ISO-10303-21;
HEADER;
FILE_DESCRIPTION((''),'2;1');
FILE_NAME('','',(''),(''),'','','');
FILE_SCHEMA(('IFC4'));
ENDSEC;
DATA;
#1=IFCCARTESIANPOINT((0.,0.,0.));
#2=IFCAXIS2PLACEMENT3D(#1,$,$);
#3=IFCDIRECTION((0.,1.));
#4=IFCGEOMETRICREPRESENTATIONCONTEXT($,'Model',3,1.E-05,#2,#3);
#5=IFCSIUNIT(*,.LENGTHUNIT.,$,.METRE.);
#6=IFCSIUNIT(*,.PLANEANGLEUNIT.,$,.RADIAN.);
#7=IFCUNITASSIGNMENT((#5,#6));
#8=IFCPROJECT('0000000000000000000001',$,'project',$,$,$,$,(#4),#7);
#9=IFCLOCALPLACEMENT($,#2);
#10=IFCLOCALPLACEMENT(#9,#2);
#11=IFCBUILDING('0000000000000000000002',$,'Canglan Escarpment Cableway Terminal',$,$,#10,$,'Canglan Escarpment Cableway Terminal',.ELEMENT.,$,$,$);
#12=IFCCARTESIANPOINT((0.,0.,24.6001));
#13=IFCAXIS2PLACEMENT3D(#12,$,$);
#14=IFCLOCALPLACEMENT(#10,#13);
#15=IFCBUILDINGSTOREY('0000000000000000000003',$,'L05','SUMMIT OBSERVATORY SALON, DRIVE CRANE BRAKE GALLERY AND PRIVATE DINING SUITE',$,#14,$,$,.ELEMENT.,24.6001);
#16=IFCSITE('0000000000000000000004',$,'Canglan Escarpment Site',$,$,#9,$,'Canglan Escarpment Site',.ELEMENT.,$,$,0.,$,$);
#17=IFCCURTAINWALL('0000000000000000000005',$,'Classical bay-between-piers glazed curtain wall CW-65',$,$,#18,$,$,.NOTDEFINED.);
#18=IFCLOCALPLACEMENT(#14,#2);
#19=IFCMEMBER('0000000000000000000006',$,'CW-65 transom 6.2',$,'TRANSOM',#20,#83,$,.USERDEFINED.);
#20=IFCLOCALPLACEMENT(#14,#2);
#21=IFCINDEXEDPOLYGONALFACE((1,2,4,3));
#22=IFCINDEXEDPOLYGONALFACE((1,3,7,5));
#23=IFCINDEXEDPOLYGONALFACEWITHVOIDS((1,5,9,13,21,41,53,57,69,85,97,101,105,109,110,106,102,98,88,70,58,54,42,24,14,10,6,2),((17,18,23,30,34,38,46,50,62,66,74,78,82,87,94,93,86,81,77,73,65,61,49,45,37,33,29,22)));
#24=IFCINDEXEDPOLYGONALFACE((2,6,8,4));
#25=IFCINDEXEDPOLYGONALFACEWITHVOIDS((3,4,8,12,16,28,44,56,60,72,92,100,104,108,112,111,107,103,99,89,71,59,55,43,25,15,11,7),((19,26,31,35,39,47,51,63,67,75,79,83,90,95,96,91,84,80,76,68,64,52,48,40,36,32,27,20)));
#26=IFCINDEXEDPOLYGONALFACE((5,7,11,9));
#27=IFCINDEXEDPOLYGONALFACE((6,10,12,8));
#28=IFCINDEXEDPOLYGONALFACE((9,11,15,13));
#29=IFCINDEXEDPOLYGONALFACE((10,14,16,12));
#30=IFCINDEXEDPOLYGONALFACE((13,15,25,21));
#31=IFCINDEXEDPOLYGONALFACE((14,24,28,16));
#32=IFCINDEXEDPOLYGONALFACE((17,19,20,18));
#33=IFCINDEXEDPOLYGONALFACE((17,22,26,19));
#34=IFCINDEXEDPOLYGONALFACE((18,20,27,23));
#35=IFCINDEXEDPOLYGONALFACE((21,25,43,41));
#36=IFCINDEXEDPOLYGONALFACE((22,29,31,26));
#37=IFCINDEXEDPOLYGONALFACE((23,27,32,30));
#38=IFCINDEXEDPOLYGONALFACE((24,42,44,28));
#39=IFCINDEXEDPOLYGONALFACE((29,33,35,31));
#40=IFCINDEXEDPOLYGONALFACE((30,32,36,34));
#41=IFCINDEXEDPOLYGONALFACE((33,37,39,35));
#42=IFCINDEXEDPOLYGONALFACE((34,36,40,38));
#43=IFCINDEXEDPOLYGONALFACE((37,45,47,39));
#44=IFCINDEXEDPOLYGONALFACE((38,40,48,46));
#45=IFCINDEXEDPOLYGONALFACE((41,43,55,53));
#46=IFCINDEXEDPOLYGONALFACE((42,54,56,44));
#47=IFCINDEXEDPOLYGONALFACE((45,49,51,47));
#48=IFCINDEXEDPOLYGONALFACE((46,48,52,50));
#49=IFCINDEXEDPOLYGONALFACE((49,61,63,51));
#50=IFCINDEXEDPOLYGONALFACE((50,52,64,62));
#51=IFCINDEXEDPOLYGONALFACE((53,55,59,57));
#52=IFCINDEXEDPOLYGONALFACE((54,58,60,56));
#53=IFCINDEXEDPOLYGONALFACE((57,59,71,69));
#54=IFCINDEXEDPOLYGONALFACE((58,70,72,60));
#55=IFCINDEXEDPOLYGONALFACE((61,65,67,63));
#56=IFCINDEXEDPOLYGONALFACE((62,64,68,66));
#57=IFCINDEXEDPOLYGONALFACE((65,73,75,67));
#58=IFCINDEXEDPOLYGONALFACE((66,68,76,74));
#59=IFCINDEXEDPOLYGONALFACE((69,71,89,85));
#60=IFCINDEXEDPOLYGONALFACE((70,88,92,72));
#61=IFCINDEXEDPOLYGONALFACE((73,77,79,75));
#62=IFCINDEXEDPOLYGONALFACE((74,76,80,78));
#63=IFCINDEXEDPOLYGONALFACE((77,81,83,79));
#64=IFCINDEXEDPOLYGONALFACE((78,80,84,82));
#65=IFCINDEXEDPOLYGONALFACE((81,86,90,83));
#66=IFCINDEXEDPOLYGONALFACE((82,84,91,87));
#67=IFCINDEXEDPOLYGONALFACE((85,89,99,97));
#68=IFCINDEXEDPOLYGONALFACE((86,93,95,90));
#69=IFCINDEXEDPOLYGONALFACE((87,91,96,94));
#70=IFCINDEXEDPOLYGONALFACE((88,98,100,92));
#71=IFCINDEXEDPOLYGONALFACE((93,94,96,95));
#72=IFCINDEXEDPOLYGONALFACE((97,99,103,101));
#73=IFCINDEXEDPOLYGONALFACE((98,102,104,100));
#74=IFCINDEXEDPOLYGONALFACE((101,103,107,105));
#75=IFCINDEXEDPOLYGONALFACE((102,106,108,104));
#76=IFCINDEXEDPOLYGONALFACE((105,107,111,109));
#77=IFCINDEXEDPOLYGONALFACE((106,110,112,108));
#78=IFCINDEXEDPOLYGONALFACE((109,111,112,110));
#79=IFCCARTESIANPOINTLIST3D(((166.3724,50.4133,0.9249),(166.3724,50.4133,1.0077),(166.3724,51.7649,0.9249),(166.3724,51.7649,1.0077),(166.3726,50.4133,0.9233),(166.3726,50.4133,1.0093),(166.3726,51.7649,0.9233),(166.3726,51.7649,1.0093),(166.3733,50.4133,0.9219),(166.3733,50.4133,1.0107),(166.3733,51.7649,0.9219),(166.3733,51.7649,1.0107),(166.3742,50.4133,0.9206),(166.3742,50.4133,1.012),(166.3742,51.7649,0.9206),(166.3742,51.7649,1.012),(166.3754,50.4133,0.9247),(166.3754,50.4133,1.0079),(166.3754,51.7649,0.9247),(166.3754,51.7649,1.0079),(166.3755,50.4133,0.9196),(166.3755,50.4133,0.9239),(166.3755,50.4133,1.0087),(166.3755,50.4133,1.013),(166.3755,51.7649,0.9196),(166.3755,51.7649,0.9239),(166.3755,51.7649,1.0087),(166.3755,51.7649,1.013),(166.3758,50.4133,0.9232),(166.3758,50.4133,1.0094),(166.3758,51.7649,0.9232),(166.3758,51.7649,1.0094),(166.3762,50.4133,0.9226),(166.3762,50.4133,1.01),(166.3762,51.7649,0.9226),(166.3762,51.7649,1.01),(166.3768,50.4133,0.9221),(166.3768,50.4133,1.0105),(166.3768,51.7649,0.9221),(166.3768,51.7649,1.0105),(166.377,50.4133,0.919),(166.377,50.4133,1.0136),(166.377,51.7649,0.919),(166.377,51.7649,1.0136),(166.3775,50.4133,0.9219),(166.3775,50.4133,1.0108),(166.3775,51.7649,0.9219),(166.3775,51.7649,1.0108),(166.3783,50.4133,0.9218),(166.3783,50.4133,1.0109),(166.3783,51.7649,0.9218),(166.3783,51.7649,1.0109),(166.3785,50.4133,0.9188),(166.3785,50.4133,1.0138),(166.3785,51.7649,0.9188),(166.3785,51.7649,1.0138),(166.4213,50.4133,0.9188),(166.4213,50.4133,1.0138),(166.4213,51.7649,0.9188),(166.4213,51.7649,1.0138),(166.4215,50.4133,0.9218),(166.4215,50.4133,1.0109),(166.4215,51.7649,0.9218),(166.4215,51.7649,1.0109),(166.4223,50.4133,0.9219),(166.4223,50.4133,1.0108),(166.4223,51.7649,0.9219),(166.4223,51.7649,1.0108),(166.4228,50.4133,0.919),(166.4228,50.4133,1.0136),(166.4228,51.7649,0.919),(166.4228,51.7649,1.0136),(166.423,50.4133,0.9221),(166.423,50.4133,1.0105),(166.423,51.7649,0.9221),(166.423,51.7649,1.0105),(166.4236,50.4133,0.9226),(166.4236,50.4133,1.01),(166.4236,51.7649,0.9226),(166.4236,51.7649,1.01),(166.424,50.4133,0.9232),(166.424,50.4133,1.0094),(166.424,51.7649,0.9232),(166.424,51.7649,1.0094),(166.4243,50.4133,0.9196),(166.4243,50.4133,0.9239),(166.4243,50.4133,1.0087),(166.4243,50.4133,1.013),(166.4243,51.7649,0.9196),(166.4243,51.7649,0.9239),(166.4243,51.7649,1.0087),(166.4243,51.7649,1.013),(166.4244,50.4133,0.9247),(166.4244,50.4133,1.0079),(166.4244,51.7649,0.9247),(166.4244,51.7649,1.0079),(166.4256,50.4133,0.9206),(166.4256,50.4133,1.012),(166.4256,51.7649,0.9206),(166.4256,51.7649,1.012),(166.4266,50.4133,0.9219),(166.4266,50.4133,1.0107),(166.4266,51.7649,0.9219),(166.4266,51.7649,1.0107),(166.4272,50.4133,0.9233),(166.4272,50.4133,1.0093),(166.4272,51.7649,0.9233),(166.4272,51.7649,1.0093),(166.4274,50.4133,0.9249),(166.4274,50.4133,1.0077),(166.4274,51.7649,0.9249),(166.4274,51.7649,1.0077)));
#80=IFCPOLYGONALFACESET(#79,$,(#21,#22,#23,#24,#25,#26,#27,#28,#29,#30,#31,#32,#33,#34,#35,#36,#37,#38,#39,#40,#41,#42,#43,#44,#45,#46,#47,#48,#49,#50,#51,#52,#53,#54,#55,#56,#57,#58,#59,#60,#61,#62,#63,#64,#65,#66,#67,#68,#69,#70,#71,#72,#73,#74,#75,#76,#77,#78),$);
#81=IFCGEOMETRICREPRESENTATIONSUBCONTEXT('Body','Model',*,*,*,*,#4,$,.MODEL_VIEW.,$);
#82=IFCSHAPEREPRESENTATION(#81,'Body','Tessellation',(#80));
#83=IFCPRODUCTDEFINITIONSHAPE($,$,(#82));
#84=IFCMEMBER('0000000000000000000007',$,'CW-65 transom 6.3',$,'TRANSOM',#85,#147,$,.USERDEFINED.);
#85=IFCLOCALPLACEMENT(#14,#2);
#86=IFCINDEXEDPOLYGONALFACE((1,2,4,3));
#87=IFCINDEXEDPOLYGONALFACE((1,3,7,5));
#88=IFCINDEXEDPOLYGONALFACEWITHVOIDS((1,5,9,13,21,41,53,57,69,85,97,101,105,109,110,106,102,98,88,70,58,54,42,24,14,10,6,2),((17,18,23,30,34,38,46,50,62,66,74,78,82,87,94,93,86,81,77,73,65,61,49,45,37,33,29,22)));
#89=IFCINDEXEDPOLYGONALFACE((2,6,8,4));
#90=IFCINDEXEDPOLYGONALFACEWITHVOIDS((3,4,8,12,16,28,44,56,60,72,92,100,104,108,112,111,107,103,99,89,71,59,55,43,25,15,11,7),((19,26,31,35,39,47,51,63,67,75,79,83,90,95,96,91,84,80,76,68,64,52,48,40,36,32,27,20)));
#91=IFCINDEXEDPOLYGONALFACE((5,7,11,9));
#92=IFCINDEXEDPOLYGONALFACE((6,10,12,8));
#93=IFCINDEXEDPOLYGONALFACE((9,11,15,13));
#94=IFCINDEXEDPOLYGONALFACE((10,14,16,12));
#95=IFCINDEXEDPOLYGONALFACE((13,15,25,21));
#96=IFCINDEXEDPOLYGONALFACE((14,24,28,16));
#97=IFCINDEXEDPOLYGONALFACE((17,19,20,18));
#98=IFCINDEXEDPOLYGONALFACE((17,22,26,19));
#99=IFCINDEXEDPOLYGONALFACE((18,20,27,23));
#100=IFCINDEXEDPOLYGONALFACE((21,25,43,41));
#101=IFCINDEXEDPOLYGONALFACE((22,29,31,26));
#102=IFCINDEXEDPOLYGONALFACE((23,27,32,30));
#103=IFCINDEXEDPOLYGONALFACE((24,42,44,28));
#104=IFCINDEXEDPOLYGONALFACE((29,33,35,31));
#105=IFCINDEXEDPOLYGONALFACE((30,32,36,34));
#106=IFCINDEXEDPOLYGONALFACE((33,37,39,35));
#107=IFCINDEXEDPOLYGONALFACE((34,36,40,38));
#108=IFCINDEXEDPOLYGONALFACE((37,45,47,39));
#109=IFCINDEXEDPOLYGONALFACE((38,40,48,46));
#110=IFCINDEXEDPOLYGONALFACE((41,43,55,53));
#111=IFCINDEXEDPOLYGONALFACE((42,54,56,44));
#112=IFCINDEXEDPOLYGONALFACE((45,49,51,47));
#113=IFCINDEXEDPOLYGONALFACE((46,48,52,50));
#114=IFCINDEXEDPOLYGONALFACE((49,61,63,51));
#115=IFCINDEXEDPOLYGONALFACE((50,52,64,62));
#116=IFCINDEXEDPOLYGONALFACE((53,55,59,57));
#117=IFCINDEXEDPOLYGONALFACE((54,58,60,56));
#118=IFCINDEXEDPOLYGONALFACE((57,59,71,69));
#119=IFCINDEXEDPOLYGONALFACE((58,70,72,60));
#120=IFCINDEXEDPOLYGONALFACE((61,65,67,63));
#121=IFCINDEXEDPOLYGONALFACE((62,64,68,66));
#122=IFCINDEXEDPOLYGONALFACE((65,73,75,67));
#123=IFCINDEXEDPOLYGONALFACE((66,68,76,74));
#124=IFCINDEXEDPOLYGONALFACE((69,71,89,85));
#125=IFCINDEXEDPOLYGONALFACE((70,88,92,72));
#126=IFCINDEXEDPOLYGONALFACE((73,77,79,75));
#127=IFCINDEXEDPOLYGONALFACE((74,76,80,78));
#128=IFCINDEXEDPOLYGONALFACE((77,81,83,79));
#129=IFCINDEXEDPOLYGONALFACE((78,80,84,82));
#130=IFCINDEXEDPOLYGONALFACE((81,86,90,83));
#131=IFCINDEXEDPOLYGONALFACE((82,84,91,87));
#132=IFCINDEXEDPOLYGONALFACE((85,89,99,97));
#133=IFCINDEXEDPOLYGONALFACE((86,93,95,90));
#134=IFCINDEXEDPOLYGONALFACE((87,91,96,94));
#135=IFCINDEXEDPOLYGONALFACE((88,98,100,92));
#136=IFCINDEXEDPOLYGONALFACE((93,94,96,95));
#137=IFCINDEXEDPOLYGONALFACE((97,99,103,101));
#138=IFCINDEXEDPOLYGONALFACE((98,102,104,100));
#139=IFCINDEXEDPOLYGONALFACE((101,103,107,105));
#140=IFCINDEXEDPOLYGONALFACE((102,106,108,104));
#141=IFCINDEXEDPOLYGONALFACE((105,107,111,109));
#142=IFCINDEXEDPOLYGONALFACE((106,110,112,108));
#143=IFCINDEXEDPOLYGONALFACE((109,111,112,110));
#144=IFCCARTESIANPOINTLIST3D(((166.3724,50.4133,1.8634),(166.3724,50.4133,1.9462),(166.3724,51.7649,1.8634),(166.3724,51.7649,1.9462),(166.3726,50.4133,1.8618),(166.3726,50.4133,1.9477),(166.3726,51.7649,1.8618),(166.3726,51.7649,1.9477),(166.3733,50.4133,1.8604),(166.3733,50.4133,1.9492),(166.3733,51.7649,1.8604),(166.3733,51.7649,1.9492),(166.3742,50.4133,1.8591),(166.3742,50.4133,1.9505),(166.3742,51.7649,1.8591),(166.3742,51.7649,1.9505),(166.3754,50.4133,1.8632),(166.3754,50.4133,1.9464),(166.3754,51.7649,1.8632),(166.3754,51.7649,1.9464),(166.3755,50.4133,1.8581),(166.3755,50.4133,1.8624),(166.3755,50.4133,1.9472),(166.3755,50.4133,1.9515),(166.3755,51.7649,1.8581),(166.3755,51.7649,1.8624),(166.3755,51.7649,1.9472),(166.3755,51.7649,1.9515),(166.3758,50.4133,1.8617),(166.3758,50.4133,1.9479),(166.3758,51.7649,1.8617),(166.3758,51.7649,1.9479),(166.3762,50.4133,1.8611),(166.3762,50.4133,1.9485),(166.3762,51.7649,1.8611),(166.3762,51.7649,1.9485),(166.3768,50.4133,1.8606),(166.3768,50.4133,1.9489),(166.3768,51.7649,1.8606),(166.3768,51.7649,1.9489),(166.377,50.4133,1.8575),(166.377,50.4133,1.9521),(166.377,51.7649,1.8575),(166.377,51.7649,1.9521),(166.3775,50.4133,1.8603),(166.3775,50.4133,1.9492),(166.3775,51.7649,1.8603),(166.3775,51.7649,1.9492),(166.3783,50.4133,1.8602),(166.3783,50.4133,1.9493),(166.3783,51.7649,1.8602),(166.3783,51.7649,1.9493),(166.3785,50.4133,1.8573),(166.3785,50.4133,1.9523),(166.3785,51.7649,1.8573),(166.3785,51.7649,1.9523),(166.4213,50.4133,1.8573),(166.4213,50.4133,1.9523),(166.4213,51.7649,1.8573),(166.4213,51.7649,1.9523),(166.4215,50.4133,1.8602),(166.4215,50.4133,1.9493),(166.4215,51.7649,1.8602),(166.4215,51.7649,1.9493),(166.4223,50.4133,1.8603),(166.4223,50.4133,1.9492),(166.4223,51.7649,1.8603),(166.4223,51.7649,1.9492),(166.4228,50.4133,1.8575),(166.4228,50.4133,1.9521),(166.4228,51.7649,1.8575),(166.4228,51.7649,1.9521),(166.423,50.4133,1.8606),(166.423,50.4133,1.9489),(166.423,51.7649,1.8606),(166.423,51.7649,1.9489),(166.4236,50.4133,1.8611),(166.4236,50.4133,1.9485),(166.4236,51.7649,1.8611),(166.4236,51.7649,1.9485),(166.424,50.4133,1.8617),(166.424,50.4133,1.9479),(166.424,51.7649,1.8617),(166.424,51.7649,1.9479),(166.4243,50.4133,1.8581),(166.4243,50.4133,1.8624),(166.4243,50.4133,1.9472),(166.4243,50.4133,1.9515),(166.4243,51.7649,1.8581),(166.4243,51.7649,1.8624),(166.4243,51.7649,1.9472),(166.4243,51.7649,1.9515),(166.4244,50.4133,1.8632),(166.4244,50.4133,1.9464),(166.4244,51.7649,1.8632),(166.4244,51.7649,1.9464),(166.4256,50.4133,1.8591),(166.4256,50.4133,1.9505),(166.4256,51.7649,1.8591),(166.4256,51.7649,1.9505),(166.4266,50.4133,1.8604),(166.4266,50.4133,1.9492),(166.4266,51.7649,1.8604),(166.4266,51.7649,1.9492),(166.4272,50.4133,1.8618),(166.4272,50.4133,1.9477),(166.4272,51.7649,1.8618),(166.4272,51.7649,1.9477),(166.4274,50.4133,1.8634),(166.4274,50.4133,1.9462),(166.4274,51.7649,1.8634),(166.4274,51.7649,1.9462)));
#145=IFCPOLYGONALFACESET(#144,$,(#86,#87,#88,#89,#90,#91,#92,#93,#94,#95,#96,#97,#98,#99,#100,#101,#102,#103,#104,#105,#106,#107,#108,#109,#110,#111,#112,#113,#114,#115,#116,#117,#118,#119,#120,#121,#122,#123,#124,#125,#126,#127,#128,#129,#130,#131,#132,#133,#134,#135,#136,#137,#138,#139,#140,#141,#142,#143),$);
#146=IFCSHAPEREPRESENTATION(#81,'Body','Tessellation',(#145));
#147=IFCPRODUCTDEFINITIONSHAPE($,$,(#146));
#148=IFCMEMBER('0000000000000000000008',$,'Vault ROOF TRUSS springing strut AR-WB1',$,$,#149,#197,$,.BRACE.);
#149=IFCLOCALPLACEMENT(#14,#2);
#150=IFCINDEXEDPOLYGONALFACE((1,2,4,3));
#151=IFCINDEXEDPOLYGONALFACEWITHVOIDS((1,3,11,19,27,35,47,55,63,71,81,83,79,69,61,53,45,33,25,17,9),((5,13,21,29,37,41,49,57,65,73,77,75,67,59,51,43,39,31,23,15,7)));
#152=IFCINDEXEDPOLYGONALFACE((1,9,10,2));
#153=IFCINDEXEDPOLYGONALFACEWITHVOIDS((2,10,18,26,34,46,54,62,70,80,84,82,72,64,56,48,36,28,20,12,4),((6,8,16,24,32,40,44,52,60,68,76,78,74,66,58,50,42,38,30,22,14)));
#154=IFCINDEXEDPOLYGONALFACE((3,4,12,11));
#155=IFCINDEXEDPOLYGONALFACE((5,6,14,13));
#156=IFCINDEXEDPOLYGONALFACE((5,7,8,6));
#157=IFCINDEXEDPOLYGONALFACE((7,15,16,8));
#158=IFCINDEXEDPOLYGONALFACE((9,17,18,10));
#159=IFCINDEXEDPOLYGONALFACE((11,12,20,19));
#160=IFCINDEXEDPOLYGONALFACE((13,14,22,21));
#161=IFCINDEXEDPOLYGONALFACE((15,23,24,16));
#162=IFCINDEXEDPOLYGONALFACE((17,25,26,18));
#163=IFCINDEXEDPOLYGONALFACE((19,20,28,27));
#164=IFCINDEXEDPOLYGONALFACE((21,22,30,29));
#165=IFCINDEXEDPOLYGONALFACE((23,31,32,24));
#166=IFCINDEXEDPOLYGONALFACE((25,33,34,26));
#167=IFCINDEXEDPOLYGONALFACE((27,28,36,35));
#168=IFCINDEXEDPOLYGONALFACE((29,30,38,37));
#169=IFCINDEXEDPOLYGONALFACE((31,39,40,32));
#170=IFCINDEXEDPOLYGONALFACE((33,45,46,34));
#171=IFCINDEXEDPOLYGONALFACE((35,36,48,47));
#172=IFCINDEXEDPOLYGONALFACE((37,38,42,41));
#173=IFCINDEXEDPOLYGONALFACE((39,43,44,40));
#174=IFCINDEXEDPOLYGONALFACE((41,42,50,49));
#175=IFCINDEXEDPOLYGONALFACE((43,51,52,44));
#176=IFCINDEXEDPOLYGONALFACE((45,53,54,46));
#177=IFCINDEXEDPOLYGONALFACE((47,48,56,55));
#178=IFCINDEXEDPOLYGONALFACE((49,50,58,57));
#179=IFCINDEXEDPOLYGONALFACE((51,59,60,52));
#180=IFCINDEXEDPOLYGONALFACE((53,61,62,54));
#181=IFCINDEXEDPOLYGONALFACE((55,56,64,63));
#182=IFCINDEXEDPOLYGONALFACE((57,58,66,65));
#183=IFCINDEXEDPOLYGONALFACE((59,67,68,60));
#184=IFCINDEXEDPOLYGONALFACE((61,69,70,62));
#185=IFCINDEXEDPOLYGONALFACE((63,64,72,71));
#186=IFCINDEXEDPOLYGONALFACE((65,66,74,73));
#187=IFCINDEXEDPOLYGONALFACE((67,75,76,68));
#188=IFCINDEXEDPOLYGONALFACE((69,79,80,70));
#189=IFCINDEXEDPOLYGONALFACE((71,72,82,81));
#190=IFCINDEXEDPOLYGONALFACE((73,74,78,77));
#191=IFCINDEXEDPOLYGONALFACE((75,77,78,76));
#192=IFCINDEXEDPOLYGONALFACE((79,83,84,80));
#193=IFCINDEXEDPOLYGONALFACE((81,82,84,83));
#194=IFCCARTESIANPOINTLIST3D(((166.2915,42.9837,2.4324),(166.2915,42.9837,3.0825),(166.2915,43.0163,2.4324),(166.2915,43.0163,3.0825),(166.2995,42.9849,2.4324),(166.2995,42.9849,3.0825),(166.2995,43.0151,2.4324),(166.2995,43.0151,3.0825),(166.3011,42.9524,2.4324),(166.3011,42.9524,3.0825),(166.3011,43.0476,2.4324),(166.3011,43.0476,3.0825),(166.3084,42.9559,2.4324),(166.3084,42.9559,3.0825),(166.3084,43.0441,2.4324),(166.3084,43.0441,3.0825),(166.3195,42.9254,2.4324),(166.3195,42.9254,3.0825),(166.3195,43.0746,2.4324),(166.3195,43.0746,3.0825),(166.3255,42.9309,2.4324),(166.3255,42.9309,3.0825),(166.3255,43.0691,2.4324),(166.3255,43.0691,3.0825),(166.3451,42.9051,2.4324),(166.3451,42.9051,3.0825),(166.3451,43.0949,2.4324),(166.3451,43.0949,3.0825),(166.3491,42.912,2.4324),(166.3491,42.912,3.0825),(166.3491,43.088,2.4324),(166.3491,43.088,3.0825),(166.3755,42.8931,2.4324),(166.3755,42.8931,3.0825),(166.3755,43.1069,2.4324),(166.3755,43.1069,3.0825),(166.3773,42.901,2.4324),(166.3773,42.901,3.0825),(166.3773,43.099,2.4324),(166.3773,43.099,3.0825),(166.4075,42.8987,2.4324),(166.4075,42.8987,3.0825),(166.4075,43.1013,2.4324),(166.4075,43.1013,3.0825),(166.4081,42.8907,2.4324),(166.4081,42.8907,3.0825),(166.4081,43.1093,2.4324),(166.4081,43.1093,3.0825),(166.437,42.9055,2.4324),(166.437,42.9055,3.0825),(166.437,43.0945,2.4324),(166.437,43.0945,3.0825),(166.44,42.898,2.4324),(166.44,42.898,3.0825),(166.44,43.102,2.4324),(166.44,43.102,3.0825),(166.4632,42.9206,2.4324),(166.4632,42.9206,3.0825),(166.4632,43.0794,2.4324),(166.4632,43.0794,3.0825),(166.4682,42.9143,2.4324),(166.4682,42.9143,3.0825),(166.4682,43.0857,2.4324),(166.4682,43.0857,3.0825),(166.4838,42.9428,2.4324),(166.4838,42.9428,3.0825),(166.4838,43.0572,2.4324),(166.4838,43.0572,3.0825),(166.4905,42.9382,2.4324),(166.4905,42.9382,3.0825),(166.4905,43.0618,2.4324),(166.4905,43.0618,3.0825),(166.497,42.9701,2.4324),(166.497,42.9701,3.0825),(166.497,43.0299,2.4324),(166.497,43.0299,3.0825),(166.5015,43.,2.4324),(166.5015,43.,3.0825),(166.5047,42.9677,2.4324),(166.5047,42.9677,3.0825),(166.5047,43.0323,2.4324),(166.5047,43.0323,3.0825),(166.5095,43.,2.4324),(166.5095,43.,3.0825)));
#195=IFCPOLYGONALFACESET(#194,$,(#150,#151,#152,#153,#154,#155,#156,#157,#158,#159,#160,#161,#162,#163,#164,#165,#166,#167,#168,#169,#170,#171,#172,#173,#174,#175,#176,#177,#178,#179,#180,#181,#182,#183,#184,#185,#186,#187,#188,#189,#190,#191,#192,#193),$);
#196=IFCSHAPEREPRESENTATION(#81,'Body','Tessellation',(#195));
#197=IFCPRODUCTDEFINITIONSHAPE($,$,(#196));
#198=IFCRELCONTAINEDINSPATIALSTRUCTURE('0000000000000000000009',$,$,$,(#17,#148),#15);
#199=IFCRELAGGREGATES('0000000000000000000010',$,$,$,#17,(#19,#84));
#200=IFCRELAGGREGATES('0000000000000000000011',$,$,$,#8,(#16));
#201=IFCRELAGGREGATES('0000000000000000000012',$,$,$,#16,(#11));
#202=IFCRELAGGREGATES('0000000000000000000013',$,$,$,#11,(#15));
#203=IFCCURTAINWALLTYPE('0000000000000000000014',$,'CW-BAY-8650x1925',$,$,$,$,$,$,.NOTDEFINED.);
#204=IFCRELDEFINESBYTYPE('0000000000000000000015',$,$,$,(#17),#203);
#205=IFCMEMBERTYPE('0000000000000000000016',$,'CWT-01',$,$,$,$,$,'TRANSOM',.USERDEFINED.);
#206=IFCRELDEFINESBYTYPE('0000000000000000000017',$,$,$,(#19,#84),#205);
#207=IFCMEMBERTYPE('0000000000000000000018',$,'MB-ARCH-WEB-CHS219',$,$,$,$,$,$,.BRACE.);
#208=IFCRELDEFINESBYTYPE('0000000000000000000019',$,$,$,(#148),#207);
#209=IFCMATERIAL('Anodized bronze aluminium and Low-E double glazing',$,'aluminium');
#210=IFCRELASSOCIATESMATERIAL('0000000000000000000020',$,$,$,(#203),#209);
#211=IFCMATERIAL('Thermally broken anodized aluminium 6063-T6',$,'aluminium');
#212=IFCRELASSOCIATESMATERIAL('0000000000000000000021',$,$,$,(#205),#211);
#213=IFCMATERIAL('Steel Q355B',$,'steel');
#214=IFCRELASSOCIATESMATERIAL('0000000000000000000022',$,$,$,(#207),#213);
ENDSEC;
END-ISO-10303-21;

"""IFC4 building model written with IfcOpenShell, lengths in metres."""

from ifc_helpers import new_model, si_unit, direction, frame, origin, origin_2d, place, context, subcontext, project, spatial, hollow_rectangle, hollow_circle, extrude, material, material_profile, profile_set, type_object, element, aggregate, save


model = new_model("IFC4")

# Units and contexts
model_context = context("Model", 3, precision=1e-05, world=origin(), true_north=direction((0.0, 1.0)))
body_context = subcontext(model_context, "Body", "Model", "MODEL_VIEW")
ifc_project = project(units=[si_unit("LENGTHUNIT", "METRE"), si_unit("PLANEANGLEUNIT", "RADIAN")], contexts=[model_context])

# Site, building, storey
site_placement = place(None, origin())
site = spatial("IfcSite", under=ifc_project, at=site_placement, Name="Canglan Escarpment Site", LongName="Canglan Escarpment Site", CompositionType="ELEMENT", RefElevation=0.0)
building_placement = place(site_placement, origin())
building = spatial("IfcBuilding", under=site, at=building_placement, Name="Canglan Escarpment Cableway Terminal", LongName="Canglan Escarpment Cableway Terminal", CompositionType="ELEMENT")
storey_placement = place(building_placement, frame((0.0, 0.0, 24.6001)))
storey = spatial("IfcBuildingStorey", under=building, at=storey_placement, Name="L05", Description="SUMMIT OBSERVATORY SALON, DRIVE CRANE BRAKE GALLERY AND PRIVATE DINING SUITE", CompositionType="ELEMENT", Elevation=24.6001)

# Shared definitions
ifc_material_1 = material(Name="Steel Q355B", Category="steel")

# Curtain wall, members
ifc_material_2 = material(Name="Anodized bronze aluminium and Low-E double glazing", Category="aluminium")
curtain_wall_type = type_object("IfcCurtainWallType", Name="CW-BAY-8650x1925", PredefinedType="NOTDEFINED", material=ifc_material_2)
curtain_wall_placement = place(storey_placement, origin())
curtain_wall = element("IfcCurtainWall", 1, at=curtain_wall_placement, inside=storey, type_object=curtain_wall_type, Name="Classical bay-between-piers glazed curtain wall CW-65", PredefinedType="NOTDEFINED")
ifc_material_3 = material(Name="Thermally broken anodized aluminium 6063-T6", Category="aluminium")
ifc_material_profile_1 = material_profile(ifc_material_3, hollow_rectangle(XDim=0.0549, YDim=0.095, WallThickness=0.0029, InnerFilletRadius=0.0029, OuterFilletRadius=0.0061, at=origin_2d()), Name="ALU-TRAN 55x95x3")
ifc_profile_set_1 = profile_set([ifc_material_profile_1], Name="Thermally broken anodized aluminium 6063-T6")
member_type_1 = type_object("IfcMemberType", Name="CWT-01", ElementType="TRANSOM", PredefinedType="USERDEFINED", material=ifc_profile_set_1)
member_1_placement = place(storey_placement, frame((166.3999, 50.4133, 0.9663), z_axis=(0.0, 1.0, 0.0), x_axis=(-1.0, 0.0, 0.0)))
member_1 = element("IfcMember", 2, at=member_1_placement, type_object=member_type_1, Name="CW-65 transom 6.2", ObjectType="TRANSOM", PredefinedType="USERDEFINED", context=body_context, shape_type="SweptSolid", body=[
    extrude(hollow_rectangle(XDim=0.0549, YDim=0.095, WallThickness=0.0029, InnerFilletRadius=0.0029, OuterFilletRadius=0.0061, at=origin_2d()), origin(), (0.0, 0.0, 1.0), 1.3516),
])
member_2_placement = place(storey_placement, frame((166.3999, 50.4133, 1.9048), z_axis=(0.0, 1.0, 0.0), x_axis=(-1.0, 0.0, 0.0)))
member_2 = element("IfcMember", 3, at=member_2_placement, type_object=member_type_1, Name="CW-65 transom 6.3", ObjectType="TRANSOM", PredefinedType="USERDEFINED", context=body_context, shape_type="SweptSolid", body=[
    extrude(hollow_rectangle(XDim=0.0549, YDim=0.095, WallThickness=0.0029, InnerFilletRadius=0.0029, OuterFilletRadius=0.0061, at=origin_2d()), origin(), (0.0, 0.0, 1.0), 1.3516),
])

# Member
ifc_material_profile_2 = material_profile(ifc_material_1, hollow_circle(Radius=0.1096, WallThickness=0.0081, at=origin_2d()), Name="CHS 219.1x8")
ifc_profile_set_2 = profile_set([ifc_material_profile_2], Name="Steel Q355B")
member_type_2 = type_object("IfcMemberType", Name="MB-ARCH-WEB-CHS219", PredefinedType="BRACE", material=ifc_profile_set_2)
member_3_placement = place(storey_placement, frame((166.3999, 43.0, 2.4324), z_axis=(0.0, 0.0, 1.0), x_axis=(1.0, 0.0, 0.0)))
element("IfcMember", 4, at=member_3_placement, inside=storey, type_object=member_type_2, Name="Vault ROOF TRUSS springing strut AR-WB1", PredefinedType="BRACE", context=body_context, shape_type="SweptSolid", body=[
    extrude(hollow_circle(Radius=0.1096, WallThickness=0.0081, at=origin_2d()), origin(), (0.0, 0.0, 1.0), 0.6501),
])

aggregate(curtain_wall, [member_1, member_2])

save(model, "model.ifc")
